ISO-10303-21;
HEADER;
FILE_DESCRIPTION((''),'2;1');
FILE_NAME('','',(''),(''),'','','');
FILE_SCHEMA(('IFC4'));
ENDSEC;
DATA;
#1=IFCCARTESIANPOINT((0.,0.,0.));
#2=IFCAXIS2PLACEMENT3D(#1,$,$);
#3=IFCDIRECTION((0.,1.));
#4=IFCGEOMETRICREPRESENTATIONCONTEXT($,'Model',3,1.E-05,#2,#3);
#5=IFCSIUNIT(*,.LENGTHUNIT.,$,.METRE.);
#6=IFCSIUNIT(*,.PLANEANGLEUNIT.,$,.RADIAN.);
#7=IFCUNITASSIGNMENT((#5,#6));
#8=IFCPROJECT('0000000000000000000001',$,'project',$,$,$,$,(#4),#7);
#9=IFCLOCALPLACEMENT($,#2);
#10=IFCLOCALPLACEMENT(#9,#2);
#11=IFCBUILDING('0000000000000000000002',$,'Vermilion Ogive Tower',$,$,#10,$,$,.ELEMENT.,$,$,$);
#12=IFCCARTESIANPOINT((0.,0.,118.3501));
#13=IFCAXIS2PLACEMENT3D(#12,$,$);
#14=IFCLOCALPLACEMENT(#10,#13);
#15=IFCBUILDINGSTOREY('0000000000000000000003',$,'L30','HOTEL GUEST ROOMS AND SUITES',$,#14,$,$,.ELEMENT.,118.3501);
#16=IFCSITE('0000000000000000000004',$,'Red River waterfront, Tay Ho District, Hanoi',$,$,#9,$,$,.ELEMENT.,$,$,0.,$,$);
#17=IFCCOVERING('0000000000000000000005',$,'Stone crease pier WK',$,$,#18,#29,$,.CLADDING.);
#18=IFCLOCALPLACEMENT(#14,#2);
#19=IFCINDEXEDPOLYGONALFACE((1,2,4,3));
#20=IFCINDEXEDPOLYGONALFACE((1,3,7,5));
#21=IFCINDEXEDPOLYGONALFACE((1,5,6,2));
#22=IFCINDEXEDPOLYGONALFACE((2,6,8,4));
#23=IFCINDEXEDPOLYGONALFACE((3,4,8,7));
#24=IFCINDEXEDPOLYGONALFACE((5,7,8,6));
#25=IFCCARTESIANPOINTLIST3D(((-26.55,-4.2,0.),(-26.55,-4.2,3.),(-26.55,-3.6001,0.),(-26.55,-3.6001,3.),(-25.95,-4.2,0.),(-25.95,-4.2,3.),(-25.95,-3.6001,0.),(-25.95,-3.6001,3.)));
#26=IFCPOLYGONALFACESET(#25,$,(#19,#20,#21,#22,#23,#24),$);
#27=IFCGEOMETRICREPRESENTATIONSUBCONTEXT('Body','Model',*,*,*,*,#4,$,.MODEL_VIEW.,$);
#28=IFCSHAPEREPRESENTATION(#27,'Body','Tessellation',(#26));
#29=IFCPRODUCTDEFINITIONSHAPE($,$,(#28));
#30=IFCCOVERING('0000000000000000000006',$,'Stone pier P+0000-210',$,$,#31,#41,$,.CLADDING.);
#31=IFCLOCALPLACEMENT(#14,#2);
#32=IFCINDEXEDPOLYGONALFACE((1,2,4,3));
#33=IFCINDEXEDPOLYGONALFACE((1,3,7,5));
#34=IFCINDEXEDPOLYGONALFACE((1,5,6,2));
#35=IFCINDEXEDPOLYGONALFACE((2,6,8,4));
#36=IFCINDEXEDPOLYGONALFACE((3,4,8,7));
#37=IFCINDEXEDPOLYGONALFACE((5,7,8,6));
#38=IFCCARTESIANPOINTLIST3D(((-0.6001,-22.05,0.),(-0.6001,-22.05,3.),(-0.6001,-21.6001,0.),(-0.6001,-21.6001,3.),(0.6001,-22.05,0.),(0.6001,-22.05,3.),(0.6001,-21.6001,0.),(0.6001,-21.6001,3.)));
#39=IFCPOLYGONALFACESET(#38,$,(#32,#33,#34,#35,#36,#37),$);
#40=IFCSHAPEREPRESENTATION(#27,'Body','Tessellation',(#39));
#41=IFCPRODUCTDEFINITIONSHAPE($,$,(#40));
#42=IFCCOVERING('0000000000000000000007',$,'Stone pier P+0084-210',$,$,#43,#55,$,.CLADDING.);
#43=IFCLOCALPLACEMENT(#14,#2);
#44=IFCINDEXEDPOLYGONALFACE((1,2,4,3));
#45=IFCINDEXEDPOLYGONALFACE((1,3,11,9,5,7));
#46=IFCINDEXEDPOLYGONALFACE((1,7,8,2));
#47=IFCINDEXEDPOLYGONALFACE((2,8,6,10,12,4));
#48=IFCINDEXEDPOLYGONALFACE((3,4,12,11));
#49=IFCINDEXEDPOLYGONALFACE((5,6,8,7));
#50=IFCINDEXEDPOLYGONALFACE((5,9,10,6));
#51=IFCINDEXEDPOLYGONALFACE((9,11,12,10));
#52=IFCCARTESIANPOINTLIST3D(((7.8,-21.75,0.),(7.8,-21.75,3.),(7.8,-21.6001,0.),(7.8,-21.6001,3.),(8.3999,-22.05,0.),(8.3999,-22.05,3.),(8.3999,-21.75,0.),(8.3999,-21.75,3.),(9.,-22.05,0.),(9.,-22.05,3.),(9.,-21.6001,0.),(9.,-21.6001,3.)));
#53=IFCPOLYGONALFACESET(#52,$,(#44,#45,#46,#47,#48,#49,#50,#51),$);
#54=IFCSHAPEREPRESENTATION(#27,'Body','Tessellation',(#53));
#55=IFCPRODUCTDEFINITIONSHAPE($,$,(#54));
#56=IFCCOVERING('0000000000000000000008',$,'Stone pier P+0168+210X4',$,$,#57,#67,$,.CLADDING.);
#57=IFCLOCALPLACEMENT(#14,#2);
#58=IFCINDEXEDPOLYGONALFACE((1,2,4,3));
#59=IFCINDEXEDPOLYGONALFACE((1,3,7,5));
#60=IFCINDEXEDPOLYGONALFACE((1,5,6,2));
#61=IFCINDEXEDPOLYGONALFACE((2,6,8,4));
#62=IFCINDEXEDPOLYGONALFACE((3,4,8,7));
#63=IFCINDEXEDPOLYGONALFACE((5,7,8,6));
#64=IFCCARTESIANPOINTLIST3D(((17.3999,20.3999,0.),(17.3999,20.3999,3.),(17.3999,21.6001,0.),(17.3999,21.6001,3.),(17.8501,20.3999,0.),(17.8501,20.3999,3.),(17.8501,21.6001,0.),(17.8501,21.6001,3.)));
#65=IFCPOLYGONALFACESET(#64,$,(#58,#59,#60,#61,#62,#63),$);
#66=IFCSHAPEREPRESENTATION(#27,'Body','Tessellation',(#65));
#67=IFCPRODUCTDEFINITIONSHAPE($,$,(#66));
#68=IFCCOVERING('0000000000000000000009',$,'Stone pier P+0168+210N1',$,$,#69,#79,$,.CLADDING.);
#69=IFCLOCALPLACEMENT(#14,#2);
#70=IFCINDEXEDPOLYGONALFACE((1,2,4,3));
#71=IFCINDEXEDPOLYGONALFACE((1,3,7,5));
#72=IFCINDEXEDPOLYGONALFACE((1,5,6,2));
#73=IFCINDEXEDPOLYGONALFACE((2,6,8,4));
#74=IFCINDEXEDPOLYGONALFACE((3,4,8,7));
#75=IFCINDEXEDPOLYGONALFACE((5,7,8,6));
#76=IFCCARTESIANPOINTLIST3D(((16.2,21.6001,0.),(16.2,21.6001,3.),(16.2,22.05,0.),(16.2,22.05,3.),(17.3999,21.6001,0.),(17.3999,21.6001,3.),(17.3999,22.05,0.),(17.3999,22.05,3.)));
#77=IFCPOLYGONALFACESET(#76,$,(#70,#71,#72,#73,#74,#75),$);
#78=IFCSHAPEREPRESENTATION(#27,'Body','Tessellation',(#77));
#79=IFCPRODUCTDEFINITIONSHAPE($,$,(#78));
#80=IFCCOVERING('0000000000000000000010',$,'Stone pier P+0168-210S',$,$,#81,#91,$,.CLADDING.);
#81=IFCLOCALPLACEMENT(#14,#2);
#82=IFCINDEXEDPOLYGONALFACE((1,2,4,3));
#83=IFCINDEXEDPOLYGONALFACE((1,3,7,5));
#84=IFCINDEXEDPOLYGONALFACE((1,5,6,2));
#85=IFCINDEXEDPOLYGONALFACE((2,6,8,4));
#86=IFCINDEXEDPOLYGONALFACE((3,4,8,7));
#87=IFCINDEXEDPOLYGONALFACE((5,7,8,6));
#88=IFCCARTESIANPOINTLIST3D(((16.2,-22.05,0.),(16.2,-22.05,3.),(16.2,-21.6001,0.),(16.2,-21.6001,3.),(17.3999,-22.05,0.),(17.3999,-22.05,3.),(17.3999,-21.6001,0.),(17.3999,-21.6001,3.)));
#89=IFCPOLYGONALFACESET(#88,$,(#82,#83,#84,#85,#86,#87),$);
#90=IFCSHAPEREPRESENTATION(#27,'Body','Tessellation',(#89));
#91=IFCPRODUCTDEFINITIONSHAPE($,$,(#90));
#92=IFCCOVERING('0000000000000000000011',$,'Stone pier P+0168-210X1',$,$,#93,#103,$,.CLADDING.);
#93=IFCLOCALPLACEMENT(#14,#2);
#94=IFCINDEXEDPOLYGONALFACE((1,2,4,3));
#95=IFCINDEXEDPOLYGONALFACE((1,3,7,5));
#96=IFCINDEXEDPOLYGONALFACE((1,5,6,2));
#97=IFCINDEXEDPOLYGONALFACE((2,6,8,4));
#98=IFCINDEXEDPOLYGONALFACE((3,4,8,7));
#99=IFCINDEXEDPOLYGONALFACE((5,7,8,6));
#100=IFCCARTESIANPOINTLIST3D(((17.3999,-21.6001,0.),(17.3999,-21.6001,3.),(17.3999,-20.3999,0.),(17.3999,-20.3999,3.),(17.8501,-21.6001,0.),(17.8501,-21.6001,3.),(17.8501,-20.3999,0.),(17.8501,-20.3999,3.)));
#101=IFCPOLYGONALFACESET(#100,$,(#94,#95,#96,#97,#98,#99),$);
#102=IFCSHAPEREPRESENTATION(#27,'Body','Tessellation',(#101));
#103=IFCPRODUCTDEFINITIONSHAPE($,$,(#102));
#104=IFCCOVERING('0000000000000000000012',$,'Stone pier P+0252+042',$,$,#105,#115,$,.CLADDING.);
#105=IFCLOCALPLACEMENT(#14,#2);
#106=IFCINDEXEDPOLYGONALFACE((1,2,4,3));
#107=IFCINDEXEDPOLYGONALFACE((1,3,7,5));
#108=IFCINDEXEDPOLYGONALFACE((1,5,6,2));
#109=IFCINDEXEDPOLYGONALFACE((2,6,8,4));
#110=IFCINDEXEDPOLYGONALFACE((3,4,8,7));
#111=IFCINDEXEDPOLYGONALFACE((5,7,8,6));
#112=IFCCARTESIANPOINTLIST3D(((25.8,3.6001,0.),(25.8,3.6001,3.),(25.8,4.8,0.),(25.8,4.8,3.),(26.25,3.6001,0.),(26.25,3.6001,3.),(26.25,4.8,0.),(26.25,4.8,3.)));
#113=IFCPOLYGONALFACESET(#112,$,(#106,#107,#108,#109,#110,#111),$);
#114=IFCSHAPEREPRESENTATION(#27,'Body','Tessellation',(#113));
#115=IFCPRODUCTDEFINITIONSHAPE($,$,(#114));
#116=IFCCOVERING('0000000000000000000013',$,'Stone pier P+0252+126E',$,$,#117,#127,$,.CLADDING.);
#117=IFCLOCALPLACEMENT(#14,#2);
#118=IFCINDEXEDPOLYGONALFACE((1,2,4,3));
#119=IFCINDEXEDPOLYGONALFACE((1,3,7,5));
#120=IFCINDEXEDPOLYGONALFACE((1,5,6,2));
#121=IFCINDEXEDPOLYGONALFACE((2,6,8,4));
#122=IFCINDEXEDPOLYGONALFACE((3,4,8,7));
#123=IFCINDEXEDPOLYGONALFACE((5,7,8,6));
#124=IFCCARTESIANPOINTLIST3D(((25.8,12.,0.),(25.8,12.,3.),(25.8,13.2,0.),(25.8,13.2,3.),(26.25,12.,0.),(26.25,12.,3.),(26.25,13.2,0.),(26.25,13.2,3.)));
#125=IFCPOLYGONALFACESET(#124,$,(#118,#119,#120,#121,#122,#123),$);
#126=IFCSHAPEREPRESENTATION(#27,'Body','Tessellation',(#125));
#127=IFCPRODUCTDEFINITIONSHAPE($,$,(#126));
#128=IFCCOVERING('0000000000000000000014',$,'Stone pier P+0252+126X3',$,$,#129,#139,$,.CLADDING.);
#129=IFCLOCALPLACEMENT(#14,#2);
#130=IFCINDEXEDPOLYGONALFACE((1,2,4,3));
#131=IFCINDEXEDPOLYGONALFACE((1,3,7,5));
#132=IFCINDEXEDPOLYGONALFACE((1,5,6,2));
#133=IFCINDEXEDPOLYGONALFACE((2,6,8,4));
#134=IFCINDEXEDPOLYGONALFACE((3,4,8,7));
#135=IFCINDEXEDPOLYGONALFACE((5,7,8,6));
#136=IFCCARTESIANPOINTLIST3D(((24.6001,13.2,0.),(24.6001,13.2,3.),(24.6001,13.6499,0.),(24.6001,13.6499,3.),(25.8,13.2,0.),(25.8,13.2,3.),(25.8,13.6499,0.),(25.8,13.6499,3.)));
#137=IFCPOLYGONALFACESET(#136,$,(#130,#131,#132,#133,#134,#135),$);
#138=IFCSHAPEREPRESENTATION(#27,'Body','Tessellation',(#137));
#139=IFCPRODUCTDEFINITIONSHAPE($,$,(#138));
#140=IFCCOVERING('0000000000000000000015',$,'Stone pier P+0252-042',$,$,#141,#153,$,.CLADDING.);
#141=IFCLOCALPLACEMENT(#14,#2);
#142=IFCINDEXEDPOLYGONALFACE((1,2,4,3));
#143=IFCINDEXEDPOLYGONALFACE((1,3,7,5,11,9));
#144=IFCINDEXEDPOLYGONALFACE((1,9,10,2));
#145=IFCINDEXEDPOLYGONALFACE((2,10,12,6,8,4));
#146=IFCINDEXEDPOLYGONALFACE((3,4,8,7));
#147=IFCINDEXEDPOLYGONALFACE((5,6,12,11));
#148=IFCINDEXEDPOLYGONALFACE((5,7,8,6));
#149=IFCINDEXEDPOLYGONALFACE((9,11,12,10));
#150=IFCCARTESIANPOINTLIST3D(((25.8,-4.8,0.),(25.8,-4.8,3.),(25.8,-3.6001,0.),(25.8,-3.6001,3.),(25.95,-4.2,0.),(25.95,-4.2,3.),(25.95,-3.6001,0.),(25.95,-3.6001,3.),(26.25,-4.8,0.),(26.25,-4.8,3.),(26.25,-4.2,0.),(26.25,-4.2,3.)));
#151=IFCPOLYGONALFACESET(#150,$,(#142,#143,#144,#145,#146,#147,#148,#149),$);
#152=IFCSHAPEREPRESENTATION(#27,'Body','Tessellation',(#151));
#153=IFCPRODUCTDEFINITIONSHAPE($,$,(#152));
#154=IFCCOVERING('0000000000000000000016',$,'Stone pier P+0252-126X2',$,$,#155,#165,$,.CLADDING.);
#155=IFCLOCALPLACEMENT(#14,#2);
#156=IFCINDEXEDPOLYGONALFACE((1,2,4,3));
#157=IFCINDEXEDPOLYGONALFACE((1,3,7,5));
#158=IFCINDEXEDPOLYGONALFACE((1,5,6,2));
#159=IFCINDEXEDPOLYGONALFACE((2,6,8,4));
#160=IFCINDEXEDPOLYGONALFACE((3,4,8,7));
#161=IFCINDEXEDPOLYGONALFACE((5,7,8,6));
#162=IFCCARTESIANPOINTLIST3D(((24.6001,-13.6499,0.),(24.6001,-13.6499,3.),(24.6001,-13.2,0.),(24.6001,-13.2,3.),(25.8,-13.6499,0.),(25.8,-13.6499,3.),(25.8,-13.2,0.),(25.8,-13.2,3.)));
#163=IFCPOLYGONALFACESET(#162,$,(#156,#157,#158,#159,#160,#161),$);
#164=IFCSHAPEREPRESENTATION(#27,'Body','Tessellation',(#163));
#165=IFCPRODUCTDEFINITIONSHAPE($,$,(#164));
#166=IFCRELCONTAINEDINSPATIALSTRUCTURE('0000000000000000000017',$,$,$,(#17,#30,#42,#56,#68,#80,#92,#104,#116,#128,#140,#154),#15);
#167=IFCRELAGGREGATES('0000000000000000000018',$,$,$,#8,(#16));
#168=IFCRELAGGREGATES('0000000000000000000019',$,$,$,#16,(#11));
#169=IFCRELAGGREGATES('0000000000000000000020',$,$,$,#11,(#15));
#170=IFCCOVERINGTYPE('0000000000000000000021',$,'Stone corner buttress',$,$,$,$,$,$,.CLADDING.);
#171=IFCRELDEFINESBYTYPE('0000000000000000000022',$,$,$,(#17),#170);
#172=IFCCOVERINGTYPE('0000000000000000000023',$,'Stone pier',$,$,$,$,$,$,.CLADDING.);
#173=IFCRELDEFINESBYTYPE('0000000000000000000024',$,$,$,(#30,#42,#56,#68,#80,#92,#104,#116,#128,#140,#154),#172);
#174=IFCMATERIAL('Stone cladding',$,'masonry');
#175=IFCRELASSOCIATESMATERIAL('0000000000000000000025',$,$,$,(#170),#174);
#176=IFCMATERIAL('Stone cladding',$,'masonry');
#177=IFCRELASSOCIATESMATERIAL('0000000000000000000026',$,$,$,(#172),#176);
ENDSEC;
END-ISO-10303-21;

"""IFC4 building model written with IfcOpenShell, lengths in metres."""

from ifc_helpers import new_model, si_unit, direction, frame, origin, place, context, subcontext, project, spatial, polyline, outline, extrude, material, type_object, element, save


model = new_model("IFC4")

# Units and contexts
model_context = context("Model", 3, precision=1e-05, world=origin(), true_north=direction((0.0, 1.0)))
body_context = subcontext(model_context, "Body", "Model", "MODEL_VIEW")
ifc_project = project(units=[si_unit("LENGTHUNIT", "METRE"), si_unit("PLANEANGLEUNIT", "RADIAN")], contexts=[model_context])

# Site, building, storey
site_placement = place(None, origin())
site = spatial("IfcSite", under=ifc_project, at=site_placement, Name="Red River waterfront, Tay Ho District, Hanoi", CompositionType="ELEMENT", RefElevation=0.0)
building_placement = place(site_placement, origin())
building = spatial("IfcBuilding", under=site, at=building_placement, Name="Vermilion Ogive Tower", CompositionType="ELEMENT")
storey_placement = place(building_placement, frame((0.0, 0.0, 118.3501)))
storey = spatial("IfcBuildingStorey", under=building, at=storey_placement, Name="L30", Description="HOTEL GUEST ROOMS AND SUITES", CompositionType="ELEMENT", Elevation=118.3501)

# Coverings
ifc_material_1 = material(Name="Stone cladding", Category="masonry")
covering_type_1 = type_object("IfcCoveringType", Name="Stone corner buttress", PredefinedType="CLADDING", material=ifc_material_1)
covering_1_placement = place(storey_placement, origin())
element("IfcCovering", 1, at=covering_1_placement, inside=storey, type_object=covering_type_1, Name="Stone crease pier WK", PredefinedType="CLADDING", context=body_context, shape_type="SweptSolid", body=[
    extrude(outline(polyline([(-26.55, -3.6001), (-26.55, -4.2), (-25.95, -4.2), (-25.95, -3.6001), (-26.55, -3.6001)])), origin(), (0.0, 0.0, 1.0), 3.0),
])
ifc_material_2 = material(Name="Stone cladding", Category="masonry")
covering_type_2 = type_object("IfcCoveringType", Name="Stone pier", PredefinedType="CLADDING", material=ifc_material_2)
covering_2_placement = place(storey_placement, origin())
element("IfcCovering", 2, at=covering_2_placement, inside=storey, type_object=covering_type_2, Name="Stone pier P+0000-210", PredefinedType="CLADDING", context=body_context, shape_type="SweptSolid", body=[
    extrude(outline(polyline([(0.6001, -21.6001), (0.6001, -21.6001), (0.6001, -22.05), (-0.6001, -22.05), (-0.6001, -21.6001), (-0.6001, -21.6001), (0.6001, -21.6001)])), origin(), (0.0, 0.0, 1.0), 3.0),
])
covering_3_placement = place(storey_placement, origin())
element("IfcCovering", 3, at=covering_3_placement, inside=storey, type_object=covering_type_2, Name="Stone pier P+0084-210", PredefinedType="CLADDING", context=body_context, shape_type="SweptSolid", body=[
    extrude(outline(polyline([(9.0, -21.6001), (9.0, -22.05), (8.3999, -22.05), (8.3999, -21.75), (7.8, -21.75), (7.8, -21.6001), (9.0, -21.6001), (9.0, -21.6001)])), origin(), (0.0, 0.0, 1.0), 3.0),
])
covering_4_placement = place(storey_placement, origin())
element("IfcCovering", 4, at=covering_4_placement, inside=storey, type_object=covering_type_2, Name="Stone pier P+0168+210X4", PredefinedType="CLADDING", context=body_context, shape_type="SweptSolid", body=[
    extrude(outline(polyline([(17.8501, 21.6001), (17.8501, 20.3999), (17.3999, 20.3999), (17.3999, 21.6001), (17.8501, 21.6001)])), origin(), (0.0, 0.0, 1.0), 3.0),
])
covering_5_placement = place(storey_placement, origin())
element("IfcCovering", 5, at=covering_5_placement, inside=storey, type_object=covering_type_2, Name="Stone pier P+0168+210N1", PredefinedType="CLADDING", context=body_context, shape_type="SweptSolid", body=[
    extrude(outline(polyline([(17.3999, 22.05), (17.3999, 21.6001), (16.2, 21.6001), (16.2, 22.05), (17.3999, 22.05)])), origin(), (0.0, 0.0, 1.0), 3.0),
])
covering_6_placement = place(storey_placement, origin())
element("IfcCovering", 6, at=covering_6_placement, inside=storey, type_object=covering_type_2, Name="Stone pier P+0168-210S", PredefinedType="CLADDING", context=body_context, shape_type="SweptSolid", body=[
    extrude(outline(polyline([(17.3999, -22.05), (16.2, -22.05), (16.2, -21.6001), (17.3999, -21.6001), (17.3999, -22.05)])), origin(), (0.0, 0.0, 1.0), 3.0),
])
covering_7_placement = place(storey_placement, origin())
element("IfcCovering", 7, at=covering_7_placement, inside=storey, type_object=covering_type_2, Name="Stone pier P+0168-210X1", PredefinedType="CLADDING", context=body_context, shape_type="SweptSolid", body=[
    extrude(outline(polyline([(17.8501, -21.6001), (17.3999, -21.6001), (17.3999, -20.3999), (17.8501, -20.3999), (17.8501, -21.6001)])), origin(), (0.0, 0.0, 1.0), 3.0),
])
covering_8_placement = place(storey_placement, origin())
element("IfcCovering", 8, at=covering_8_placement, inside=storey, type_object=covering_type_2, Name="Stone pier P+0252+042", PredefinedType="CLADDING", context=body_context, shape_type="SweptSolid", body=[
    extrude(outline(polyline([(25.8, 4.8), (25.8, 4.8), (26.25, 4.8), (26.25, 3.6001), (25.8, 3.6001), (25.8, 3.6001), (25.8, 4.8)])), origin(), (0.0, 0.0, 1.0), 3.0),
])
covering_9_placement = place(storey_placement, origin())
element("IfcCovering", 9, at=covering_9_placement, inside=storey, type_object=covering_type_2, Name="Stone pier P+0252+126E", PredefinedType="CLADDING", context=body_context, shape_type="SweptSolid", body=[
    extrude(outline(polyline([(25.8, 13.2), (25.8, 13.2), (26.25, 13.2), (26.25, 12.0), (25.8, 12.0), (25.8, 12.0), (25.8, 13.2)])), origin(), (0.0, 0.0, 1.0), 3.0),
])
covering_10_placement = place(storey_placement, origin())
element("IfcCovering", 10, at=covering_10_placement, inside=storey, type_object=covering_type_2, Name="Stone pier P+0252+126X3", PredefinedType="CLADDING", context=body_context, shape_type="SweptSolid", body=[
    extrude(outline(polyline([(25.8, 13.6499), (25.8, 13.2), (25.8, 13.2), (24.6001, 13.2), (24.6001, 13.6499), (25.8, 13.6499)])), origin(), (0.0, 0.0, 1.0), 3.0),
])
covering_11_placement = place(storey_placement, origin())
element("IfcCovering", 11, at=covering_11_placement, inside=storey, type_object=covering_type_2, Name="Stone pier P+0252-042", PredefinedType="CLADDING", context=body_context, shape_type="SweptSolid", body=[
    extrude(outline(polyline([(25.8, -3.6001), (25.95, -3.6001), (25.95, -4.2), (26.25, -4.2), (26.25, -4.8), (25.8, -4.8), (25.8, -4.8), (25.8, -3.6001)])), origin(), (0.0, 0.0, 1.0), 3.0),
])
covering_12_placement = place(storey_placement, origin())
element("IfcCovering", 12, at=covering_12_placement, inside=storey, type_object=covering_type_2, Name="Stone pier P+0252-126X2", PredefinedType="CLADDING", context=body_context, shape_type="SweptSolid", body=[
    extrude(outline(polyline([(25.8, -13.2), (25.8, -13.6499), (24.6001, -13.6499), (24.6001, -13.2), (24.6001, -13.2), (25.8, -13.2)])), origin(), (0.0, 0.0, 1.0), 3.0),
])

save(model, "model.ifc")
